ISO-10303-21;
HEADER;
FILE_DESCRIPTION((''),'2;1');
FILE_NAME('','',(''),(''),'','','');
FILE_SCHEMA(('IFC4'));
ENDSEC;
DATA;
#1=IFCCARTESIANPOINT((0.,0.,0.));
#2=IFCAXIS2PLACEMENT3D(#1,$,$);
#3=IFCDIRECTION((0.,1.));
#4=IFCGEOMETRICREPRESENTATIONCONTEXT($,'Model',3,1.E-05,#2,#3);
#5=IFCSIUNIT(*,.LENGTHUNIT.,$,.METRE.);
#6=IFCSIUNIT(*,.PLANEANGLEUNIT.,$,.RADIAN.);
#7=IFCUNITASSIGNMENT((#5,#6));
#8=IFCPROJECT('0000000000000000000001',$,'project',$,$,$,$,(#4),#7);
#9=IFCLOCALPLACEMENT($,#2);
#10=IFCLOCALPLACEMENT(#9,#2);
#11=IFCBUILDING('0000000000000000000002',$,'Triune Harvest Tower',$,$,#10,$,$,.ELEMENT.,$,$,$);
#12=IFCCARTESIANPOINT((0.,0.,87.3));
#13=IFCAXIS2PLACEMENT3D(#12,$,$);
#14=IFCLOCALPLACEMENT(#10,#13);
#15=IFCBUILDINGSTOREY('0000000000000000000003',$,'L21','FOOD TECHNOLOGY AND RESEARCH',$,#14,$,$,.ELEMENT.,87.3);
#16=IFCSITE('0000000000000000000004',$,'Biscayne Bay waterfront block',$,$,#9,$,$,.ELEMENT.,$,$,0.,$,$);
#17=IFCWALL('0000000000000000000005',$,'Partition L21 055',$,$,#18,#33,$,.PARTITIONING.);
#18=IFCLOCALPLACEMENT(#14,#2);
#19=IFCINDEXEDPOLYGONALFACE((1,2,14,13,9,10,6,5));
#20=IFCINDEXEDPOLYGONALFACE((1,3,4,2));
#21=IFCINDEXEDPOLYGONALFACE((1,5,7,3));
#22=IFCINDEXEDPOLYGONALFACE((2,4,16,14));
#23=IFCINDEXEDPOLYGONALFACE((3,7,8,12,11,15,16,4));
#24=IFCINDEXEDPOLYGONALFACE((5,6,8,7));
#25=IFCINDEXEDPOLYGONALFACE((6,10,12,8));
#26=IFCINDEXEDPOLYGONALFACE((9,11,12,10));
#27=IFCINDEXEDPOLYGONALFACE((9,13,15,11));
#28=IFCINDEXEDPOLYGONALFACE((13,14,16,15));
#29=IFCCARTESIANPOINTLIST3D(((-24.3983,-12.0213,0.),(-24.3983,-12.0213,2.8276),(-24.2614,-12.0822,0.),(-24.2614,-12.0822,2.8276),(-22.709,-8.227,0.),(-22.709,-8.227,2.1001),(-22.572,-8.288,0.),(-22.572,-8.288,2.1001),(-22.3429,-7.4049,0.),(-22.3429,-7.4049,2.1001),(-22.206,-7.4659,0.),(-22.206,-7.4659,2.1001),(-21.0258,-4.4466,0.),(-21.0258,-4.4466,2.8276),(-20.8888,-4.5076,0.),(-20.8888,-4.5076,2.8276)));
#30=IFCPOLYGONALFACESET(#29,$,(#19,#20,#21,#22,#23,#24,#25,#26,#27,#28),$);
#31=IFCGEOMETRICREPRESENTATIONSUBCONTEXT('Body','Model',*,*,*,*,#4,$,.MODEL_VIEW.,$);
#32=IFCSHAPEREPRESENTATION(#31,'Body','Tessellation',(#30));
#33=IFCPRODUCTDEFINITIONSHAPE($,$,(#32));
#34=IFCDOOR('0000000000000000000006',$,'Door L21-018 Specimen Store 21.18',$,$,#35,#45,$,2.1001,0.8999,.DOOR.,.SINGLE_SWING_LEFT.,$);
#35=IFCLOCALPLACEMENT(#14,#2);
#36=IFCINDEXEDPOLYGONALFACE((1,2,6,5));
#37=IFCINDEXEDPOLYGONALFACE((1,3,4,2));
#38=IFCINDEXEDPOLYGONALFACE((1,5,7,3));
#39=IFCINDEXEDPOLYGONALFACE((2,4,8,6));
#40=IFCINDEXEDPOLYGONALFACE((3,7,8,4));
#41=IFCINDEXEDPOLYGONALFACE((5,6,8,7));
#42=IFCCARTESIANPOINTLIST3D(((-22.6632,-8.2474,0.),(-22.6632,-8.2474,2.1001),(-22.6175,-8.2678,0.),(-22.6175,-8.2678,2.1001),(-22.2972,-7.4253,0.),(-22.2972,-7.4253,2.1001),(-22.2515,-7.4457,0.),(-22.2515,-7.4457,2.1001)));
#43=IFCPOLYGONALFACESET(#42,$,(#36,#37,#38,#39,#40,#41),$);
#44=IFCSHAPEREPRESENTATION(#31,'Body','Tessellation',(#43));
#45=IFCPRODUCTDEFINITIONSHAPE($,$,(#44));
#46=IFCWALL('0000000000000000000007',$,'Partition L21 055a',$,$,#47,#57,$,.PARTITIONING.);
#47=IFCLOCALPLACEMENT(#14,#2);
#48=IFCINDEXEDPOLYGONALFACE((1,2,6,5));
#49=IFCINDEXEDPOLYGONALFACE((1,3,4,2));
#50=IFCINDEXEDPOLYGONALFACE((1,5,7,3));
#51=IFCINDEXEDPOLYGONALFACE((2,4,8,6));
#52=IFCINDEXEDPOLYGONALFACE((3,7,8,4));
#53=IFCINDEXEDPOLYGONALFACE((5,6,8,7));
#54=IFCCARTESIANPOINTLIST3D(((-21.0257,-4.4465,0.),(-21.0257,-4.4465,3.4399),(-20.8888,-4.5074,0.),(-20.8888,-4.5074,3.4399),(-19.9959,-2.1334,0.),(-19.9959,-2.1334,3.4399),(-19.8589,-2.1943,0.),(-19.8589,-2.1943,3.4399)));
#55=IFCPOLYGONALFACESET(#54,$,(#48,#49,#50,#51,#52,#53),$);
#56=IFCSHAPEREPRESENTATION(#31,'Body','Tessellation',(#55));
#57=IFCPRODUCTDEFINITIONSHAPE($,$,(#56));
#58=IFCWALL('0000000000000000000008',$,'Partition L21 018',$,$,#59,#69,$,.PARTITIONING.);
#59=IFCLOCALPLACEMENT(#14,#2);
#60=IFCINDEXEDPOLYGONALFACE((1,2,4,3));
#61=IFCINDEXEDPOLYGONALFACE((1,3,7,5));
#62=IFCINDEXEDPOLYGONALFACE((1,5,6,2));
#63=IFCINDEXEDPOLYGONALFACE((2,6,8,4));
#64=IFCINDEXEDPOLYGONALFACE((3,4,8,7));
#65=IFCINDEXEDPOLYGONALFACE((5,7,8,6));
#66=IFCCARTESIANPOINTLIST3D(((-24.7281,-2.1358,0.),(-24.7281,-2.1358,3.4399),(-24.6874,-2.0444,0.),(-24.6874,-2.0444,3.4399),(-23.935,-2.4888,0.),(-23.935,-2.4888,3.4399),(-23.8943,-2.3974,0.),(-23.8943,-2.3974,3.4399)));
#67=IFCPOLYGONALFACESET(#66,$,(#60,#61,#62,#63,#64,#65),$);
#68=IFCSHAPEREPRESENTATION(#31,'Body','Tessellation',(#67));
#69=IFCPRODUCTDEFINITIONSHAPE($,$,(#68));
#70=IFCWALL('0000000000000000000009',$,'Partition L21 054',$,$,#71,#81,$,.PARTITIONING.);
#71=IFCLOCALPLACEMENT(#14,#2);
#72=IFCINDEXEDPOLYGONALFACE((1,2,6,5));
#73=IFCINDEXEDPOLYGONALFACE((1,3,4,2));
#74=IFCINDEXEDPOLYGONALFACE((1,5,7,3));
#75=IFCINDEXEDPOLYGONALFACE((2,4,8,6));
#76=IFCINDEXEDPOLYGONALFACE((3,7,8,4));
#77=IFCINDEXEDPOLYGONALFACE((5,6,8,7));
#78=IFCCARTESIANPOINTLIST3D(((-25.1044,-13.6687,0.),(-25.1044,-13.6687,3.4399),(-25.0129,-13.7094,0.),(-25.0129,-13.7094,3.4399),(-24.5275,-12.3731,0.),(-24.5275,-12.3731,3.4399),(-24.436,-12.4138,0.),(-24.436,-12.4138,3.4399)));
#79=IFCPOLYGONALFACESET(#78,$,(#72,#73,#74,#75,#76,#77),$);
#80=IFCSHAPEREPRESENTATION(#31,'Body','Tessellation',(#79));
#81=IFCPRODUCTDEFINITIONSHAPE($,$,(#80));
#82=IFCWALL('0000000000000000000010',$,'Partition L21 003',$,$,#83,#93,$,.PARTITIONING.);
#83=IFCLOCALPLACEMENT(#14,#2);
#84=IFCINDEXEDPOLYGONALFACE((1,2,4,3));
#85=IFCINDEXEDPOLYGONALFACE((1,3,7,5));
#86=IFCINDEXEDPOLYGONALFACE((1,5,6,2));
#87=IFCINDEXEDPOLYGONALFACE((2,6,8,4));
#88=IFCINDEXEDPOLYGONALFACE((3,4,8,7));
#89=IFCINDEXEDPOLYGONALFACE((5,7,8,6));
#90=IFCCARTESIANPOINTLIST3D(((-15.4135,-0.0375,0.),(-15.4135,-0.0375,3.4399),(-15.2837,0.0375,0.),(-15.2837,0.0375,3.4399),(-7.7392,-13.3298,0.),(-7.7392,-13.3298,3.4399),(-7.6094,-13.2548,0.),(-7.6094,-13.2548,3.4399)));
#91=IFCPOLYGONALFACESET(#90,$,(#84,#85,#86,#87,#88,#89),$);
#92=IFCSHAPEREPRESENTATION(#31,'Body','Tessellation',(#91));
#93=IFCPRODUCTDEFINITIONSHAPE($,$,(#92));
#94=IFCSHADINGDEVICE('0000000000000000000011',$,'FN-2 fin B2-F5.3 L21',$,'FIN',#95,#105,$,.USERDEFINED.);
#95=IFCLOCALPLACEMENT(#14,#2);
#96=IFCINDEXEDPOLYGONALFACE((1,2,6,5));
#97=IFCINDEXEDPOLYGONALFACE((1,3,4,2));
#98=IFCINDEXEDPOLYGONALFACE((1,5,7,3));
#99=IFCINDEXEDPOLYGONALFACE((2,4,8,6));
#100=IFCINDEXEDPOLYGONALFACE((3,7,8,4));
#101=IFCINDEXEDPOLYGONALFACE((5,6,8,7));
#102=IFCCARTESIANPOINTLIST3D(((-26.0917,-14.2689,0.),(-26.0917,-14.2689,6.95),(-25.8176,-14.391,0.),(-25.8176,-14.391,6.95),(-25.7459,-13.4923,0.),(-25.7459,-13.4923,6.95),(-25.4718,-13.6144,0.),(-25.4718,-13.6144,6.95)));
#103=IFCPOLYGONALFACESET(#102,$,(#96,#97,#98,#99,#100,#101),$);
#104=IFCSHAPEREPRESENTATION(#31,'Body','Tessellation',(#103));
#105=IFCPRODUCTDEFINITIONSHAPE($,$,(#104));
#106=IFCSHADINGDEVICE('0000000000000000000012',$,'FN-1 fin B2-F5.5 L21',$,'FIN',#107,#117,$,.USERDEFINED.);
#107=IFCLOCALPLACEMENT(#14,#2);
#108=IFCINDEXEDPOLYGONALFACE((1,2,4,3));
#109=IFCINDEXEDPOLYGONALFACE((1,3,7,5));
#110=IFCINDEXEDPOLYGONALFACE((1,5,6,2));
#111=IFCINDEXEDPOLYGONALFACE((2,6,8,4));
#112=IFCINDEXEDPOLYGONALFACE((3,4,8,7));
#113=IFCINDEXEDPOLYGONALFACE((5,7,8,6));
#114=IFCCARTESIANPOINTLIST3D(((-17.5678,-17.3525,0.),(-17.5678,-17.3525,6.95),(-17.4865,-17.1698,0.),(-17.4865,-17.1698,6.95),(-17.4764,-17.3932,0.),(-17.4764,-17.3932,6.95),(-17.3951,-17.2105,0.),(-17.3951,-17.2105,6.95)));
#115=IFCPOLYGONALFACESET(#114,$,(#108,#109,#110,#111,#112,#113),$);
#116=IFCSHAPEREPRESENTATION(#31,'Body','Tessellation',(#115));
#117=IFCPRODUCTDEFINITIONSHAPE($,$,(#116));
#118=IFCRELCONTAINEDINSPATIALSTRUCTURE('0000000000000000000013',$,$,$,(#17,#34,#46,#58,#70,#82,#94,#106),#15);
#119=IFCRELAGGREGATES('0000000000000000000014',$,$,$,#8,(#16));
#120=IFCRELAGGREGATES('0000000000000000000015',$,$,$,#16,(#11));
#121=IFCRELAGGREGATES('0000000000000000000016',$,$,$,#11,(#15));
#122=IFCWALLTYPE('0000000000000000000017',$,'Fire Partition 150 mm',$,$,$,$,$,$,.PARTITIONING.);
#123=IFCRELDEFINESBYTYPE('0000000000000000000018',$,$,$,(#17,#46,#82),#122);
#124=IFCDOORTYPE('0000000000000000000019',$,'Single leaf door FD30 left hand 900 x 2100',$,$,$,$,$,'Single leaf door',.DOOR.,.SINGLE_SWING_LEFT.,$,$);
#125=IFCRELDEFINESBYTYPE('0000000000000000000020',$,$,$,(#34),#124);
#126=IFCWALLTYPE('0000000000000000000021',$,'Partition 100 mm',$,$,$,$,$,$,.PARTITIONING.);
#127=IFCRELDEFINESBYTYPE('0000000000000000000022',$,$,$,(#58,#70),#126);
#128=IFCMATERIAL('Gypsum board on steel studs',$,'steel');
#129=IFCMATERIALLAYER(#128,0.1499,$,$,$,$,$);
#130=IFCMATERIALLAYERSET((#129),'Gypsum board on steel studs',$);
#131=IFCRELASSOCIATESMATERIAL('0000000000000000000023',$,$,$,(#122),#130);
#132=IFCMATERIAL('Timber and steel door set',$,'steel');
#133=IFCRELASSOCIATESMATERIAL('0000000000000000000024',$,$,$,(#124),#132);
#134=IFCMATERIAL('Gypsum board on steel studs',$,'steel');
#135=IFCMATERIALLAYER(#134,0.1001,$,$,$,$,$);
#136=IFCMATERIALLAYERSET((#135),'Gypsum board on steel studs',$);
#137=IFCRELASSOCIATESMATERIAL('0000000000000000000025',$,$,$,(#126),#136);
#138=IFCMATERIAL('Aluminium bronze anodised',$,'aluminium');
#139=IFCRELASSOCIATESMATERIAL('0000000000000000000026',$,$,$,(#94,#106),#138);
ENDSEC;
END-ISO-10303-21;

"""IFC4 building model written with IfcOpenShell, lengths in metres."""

from ifc_helpers import new_model, si_unit, direction, frame, frame_2d, origin, origin_2d, place, context, subcontext, project, spatial, rectangle, extrude, source, transform, mapped, material, layer, layer_set, type_object, element, fill, save


model = new_model("IFC4")

# Units and contexts
model_context = context("Model", 3, precision=1e-05, world=origin(), true_north=direction((0.0, 1.0)))
body_context = subcontext(model_context, "Body", "Model", "MODEL_VIEW")
ifc_project = project(units=[si_unit("LENGTHUNIT", "METRE"), si_unit("PLANEANGLEUNIT", "RADIAN")], contexts=[model_context])

# Site, building, storey
site_placement = place(None, origin())
site = spatial("IfcSite", under=ifc_project, at=site_placement, Name="Biscayne Bay waterfront block", CompositionType="ELEMENT", RefElevation=0.0)
building_placement = place(site_placement, origin())
building = spatial("IfcBuilding", under=site, at=building_placement, Name="Triune Harvest Tower", CompositionType="ELEMENT")
storey_placement = place(building_placement, frame((0.0, 0.0, 87.3)))
storey = spatial("IfcBuildingStorey", under=building, at=storey_placement, Name="L21", Description="FOOD TECHNOLOGY AND RESEARCH", CompositionType="ELEMENT", Elevation=87.3)

# Shared definitions
ifc_material_1 = material(Name="Gypsum board on steel studs", Category="steel")
ifc_layer_1 = layer(ifc_material_1, 0.1499)
ifc_layer_set_1 = layer_set([ifc_layer_1], Name="Gypsum board on steel studs")
wall_type_1 = type_object("IfcWallType", Name="Fire Partition 150 mm", PredefinedType="PARTITIONING", material=ifc_layer_set_1)

# Wall, opening, door
wall_1_placement = place(storey_placement, frame((-24.3298, -12.0518, 0.0), z_axis=(0.0, 0.0, 1.0), x_axis=(0.406745, 0.913542, 0.0)))
wall_1 = element("IfcWall", 1, at=wall_1_placement, inside=storey, type_object=wall_type_1, Name="Partition L21 055", PredefinedType="PARTITIONING", context=body_context, shape_type="SweptSolid", body=[
    extrude(rectangle(XDim=8.2915, YDim=0.1499, at=frame_2d((4.1458, 0.0))), origin(), (0.0, 0.0, 1.0), 2.8276),
])
opening_placement = place(wall_1_placement, frame((4.1533, 0.0, 0.0)))
opening = element("IfcOpeningElement", 2, at=opening_placement, cuts=wall_1, PredefinedType="OPENING", context=body_context, shape_type="SweptSolid", body=[
    extrude(rectangle(XDim=0.8999, YDim=2.1001, at=frame_2d((0.45, 1.05))), frame((0.0, 0.085, 0.0), z_axis=(0.0, -1.0, 0.0), x_axis=(1.0, 0.0, 0.0)), (0.0, 0.0, 1.0), 0.1699),
])
ifc_material_2 = material(Name="Timber and steel door set", Category="steel")
door_type = type_object("IfcDoorType", Name="Single leaf door FD30 left hand 900 x 2100", ElementType="Single leaf door", OperationType="SINGLE_SWING_LEFT", PredefinedType="DOOR", material=ifc_material_2)
door_placement = place(opening_placement, origin())
door = element("IfcDoor", 3, at=door_placement, inside=storey, type_object=door_type, Name="Door L21-018 Specimen Store 21.18", OperationType="SINGLE_SWING_LEFT", OverallHeight=2.1001, OverallWidth=0.8999, PredefinedType="DOOR", context=body_context, shape_type="SweptSolid", body=[
    extrude(rectangle(XDim=0.8999, YDim=2.1001, at=frame_2d((0.45, 1.05))), frame((0.0, 0.0249, 0.0), z_axis=(0.0, -1.0, 0.0), x_axis=(1.0, 0.0, 0.0)), (0.0, 0.0, 1.0), 0.05),
])
fill(opening, door)

# Walls
wall_2_placement = place(storey_placement, frame((-20.9573, -4.4771, 0.0), z_axis=(0.0, 0.0, 1.0), x_axis=(0.406729, 0.913549, 0.0)))
element("IfcWall", 4, at=wall_2_placement, inside=storey, type_object=wall_type_1, Name="Partition L21 055a", PredefinedType="PARTITIONING", context=body_context, shape_type="SweptSolid", body=[
    extrude(rectangle(XDim=2.532, YDim=0.1499, at=frame_2d((1.2661, 0.0))), origin(), (0.0, 0.0, 1.0), 3.4399),
])
ifc_material_3 = material(Name="Gypsum board on steel studs", Category="steel")
ifc_layer_2 = layer(ifc_material_3, 0.1001)
ifc_layer_set_2 = layer_set([ifc_layer_2], Name="Gypsum board on steel studs")
wall_type_2 = type_object("IfcWallType", Name="Partition 100 mm", PredefinedType="PARTITIONING", material=ifc_layer_set_2)
wall_3_placement = place(storey_placement, frame((-24.7078, -2.0901, 0.0), z_axis=(0.0, 0.0, 1.0), x_axis=(0.913603, -0.406608, 0.0)))
element("IfcWall", 5, at=wall_3_placement, inside=storey, type_object=wall_type_2, Name="Partition L21 018", PredefinedType="PARTITIONING", context=body_context, shape_type="SweptSolid", body=[
    extrude(rectangle(XDim=0.8682, YDim=0.1001, at=frame_2d((0.4341, 0.0))), origin(), (0.0, 0.0, 1.0), 3.4399),
])
shared_shape_1 = source(origin(), body_context, "Body", "SweptSolid", [
    extrude(rectangle(XDim=1.4182, YDim=0.1001, at=frame_2d((0.709, 0.0))), origin(), (0.0, 0.0, 1.0), 3.4399),
])
wall_4_placement = place(storey_placement, frame((-25.0586, -13.689, 0.0), z_axis=(0.0, 0.0, 1.0), x_axis=(0.406761, 0.913534, 0.0)))
element("IfcWall", 6, at=wall_4_placement, inside=storey, type_object=wall_type_2, Name="Partition L21 054", PredefinedType="PARTITIONING", context=body_context, shape_type="MappedRepresentation", body=[
    mapped(shared_shape_1, transform((0.0, 0.0, 0.0), scale=1.0)),
])
shared_shape_2 = source(origin(), body_context, "Body", "SweptSolid", [
    extrude(rectangle(XDim=15.3486, YDim=0.1499, at=frame_2d((7.6743, 0.0))), origin(), (0.0, 0.0, 1.0), 3.4399),
])
wall_5_placement = place(storey_placement, frame((-15.3486, 0.0, 0.0), z_axis=(0.0, 0.0, 1.0), x_axis=(0.500002, -0.866024, 0.0)))
element("IfcWall", 7, at=wall_5_placement, inside=storey, type_object=wall_type_1, Name="Partition L21 003", PredefinedType="PARTITIONING", context=body_context, shape_type="MappedRepresentation", body=[
    mapped(shared_shape_2, transform((0.0, 0.0, 0.0), scale=1.0)),
])

# Shading devices
ifc_material_4 = material(Name="Aluminium bronze anodised", Category="aluminium")
shared_shape_3 = source(origin(), body_context, "Body", "SweptSolid", [
    extrude(rectangle(XDim=0.3, YDim=0.8501, at=origin_2d()), origin(), (0.0, 0.0, 1.0), 6.95),
])
shading_device_1_placement = place(storey_placement, frame((-25.7817, -13.9417, 0.0), z_axis=(0.0, 0.0, 1.0), x_axis=(0.913545, -0.406737, 0.0)))
element("IfcShadingDevice", 8, at=shading_device_1_placement, inside=storey, material=ifc_material_4, Name="FN-2 fin B2-F5.3 L21", ObjectType="FIN", PredefinedType="USERDEFINED", context=body_context, shape_type="MappedRepresentation", body=[
    mapped(shared_shape_3, transform((0.0, 0.0, 0.0), scale=1.0)),
])
shared_shape_4 = source(origin(), body_context, "Body", "SweptSolid", [
    extrude(rectangle(XDim=0.1001, YDim=0.2, at=origin_2d()), origin(), (0.0, 0.0, 1.0), 6.95),
])
shading_device_2_placement = place(storey_placement, frame((-17.4814, -17.2815, 0.0), z_axis=(0.0, 0.0, 1.0), x_axis=(0.913545, -0.406737, 0.0)))
element("IfcShadingDevice", 9, at=shading_device_2_placement, inside=storey, material=ifc_material_4, Name="FN-1 fin B2-F5.5 L21", ObjectType="FIN", PredefinedType="USERDEFINED", context=body_context, shape_type="MappedRepresentation", body=[
    mapped(shared_shape_4, transform((0.0, 0.0, 0.0), scale=1.0)),
])

save(model, "model.ifc")
